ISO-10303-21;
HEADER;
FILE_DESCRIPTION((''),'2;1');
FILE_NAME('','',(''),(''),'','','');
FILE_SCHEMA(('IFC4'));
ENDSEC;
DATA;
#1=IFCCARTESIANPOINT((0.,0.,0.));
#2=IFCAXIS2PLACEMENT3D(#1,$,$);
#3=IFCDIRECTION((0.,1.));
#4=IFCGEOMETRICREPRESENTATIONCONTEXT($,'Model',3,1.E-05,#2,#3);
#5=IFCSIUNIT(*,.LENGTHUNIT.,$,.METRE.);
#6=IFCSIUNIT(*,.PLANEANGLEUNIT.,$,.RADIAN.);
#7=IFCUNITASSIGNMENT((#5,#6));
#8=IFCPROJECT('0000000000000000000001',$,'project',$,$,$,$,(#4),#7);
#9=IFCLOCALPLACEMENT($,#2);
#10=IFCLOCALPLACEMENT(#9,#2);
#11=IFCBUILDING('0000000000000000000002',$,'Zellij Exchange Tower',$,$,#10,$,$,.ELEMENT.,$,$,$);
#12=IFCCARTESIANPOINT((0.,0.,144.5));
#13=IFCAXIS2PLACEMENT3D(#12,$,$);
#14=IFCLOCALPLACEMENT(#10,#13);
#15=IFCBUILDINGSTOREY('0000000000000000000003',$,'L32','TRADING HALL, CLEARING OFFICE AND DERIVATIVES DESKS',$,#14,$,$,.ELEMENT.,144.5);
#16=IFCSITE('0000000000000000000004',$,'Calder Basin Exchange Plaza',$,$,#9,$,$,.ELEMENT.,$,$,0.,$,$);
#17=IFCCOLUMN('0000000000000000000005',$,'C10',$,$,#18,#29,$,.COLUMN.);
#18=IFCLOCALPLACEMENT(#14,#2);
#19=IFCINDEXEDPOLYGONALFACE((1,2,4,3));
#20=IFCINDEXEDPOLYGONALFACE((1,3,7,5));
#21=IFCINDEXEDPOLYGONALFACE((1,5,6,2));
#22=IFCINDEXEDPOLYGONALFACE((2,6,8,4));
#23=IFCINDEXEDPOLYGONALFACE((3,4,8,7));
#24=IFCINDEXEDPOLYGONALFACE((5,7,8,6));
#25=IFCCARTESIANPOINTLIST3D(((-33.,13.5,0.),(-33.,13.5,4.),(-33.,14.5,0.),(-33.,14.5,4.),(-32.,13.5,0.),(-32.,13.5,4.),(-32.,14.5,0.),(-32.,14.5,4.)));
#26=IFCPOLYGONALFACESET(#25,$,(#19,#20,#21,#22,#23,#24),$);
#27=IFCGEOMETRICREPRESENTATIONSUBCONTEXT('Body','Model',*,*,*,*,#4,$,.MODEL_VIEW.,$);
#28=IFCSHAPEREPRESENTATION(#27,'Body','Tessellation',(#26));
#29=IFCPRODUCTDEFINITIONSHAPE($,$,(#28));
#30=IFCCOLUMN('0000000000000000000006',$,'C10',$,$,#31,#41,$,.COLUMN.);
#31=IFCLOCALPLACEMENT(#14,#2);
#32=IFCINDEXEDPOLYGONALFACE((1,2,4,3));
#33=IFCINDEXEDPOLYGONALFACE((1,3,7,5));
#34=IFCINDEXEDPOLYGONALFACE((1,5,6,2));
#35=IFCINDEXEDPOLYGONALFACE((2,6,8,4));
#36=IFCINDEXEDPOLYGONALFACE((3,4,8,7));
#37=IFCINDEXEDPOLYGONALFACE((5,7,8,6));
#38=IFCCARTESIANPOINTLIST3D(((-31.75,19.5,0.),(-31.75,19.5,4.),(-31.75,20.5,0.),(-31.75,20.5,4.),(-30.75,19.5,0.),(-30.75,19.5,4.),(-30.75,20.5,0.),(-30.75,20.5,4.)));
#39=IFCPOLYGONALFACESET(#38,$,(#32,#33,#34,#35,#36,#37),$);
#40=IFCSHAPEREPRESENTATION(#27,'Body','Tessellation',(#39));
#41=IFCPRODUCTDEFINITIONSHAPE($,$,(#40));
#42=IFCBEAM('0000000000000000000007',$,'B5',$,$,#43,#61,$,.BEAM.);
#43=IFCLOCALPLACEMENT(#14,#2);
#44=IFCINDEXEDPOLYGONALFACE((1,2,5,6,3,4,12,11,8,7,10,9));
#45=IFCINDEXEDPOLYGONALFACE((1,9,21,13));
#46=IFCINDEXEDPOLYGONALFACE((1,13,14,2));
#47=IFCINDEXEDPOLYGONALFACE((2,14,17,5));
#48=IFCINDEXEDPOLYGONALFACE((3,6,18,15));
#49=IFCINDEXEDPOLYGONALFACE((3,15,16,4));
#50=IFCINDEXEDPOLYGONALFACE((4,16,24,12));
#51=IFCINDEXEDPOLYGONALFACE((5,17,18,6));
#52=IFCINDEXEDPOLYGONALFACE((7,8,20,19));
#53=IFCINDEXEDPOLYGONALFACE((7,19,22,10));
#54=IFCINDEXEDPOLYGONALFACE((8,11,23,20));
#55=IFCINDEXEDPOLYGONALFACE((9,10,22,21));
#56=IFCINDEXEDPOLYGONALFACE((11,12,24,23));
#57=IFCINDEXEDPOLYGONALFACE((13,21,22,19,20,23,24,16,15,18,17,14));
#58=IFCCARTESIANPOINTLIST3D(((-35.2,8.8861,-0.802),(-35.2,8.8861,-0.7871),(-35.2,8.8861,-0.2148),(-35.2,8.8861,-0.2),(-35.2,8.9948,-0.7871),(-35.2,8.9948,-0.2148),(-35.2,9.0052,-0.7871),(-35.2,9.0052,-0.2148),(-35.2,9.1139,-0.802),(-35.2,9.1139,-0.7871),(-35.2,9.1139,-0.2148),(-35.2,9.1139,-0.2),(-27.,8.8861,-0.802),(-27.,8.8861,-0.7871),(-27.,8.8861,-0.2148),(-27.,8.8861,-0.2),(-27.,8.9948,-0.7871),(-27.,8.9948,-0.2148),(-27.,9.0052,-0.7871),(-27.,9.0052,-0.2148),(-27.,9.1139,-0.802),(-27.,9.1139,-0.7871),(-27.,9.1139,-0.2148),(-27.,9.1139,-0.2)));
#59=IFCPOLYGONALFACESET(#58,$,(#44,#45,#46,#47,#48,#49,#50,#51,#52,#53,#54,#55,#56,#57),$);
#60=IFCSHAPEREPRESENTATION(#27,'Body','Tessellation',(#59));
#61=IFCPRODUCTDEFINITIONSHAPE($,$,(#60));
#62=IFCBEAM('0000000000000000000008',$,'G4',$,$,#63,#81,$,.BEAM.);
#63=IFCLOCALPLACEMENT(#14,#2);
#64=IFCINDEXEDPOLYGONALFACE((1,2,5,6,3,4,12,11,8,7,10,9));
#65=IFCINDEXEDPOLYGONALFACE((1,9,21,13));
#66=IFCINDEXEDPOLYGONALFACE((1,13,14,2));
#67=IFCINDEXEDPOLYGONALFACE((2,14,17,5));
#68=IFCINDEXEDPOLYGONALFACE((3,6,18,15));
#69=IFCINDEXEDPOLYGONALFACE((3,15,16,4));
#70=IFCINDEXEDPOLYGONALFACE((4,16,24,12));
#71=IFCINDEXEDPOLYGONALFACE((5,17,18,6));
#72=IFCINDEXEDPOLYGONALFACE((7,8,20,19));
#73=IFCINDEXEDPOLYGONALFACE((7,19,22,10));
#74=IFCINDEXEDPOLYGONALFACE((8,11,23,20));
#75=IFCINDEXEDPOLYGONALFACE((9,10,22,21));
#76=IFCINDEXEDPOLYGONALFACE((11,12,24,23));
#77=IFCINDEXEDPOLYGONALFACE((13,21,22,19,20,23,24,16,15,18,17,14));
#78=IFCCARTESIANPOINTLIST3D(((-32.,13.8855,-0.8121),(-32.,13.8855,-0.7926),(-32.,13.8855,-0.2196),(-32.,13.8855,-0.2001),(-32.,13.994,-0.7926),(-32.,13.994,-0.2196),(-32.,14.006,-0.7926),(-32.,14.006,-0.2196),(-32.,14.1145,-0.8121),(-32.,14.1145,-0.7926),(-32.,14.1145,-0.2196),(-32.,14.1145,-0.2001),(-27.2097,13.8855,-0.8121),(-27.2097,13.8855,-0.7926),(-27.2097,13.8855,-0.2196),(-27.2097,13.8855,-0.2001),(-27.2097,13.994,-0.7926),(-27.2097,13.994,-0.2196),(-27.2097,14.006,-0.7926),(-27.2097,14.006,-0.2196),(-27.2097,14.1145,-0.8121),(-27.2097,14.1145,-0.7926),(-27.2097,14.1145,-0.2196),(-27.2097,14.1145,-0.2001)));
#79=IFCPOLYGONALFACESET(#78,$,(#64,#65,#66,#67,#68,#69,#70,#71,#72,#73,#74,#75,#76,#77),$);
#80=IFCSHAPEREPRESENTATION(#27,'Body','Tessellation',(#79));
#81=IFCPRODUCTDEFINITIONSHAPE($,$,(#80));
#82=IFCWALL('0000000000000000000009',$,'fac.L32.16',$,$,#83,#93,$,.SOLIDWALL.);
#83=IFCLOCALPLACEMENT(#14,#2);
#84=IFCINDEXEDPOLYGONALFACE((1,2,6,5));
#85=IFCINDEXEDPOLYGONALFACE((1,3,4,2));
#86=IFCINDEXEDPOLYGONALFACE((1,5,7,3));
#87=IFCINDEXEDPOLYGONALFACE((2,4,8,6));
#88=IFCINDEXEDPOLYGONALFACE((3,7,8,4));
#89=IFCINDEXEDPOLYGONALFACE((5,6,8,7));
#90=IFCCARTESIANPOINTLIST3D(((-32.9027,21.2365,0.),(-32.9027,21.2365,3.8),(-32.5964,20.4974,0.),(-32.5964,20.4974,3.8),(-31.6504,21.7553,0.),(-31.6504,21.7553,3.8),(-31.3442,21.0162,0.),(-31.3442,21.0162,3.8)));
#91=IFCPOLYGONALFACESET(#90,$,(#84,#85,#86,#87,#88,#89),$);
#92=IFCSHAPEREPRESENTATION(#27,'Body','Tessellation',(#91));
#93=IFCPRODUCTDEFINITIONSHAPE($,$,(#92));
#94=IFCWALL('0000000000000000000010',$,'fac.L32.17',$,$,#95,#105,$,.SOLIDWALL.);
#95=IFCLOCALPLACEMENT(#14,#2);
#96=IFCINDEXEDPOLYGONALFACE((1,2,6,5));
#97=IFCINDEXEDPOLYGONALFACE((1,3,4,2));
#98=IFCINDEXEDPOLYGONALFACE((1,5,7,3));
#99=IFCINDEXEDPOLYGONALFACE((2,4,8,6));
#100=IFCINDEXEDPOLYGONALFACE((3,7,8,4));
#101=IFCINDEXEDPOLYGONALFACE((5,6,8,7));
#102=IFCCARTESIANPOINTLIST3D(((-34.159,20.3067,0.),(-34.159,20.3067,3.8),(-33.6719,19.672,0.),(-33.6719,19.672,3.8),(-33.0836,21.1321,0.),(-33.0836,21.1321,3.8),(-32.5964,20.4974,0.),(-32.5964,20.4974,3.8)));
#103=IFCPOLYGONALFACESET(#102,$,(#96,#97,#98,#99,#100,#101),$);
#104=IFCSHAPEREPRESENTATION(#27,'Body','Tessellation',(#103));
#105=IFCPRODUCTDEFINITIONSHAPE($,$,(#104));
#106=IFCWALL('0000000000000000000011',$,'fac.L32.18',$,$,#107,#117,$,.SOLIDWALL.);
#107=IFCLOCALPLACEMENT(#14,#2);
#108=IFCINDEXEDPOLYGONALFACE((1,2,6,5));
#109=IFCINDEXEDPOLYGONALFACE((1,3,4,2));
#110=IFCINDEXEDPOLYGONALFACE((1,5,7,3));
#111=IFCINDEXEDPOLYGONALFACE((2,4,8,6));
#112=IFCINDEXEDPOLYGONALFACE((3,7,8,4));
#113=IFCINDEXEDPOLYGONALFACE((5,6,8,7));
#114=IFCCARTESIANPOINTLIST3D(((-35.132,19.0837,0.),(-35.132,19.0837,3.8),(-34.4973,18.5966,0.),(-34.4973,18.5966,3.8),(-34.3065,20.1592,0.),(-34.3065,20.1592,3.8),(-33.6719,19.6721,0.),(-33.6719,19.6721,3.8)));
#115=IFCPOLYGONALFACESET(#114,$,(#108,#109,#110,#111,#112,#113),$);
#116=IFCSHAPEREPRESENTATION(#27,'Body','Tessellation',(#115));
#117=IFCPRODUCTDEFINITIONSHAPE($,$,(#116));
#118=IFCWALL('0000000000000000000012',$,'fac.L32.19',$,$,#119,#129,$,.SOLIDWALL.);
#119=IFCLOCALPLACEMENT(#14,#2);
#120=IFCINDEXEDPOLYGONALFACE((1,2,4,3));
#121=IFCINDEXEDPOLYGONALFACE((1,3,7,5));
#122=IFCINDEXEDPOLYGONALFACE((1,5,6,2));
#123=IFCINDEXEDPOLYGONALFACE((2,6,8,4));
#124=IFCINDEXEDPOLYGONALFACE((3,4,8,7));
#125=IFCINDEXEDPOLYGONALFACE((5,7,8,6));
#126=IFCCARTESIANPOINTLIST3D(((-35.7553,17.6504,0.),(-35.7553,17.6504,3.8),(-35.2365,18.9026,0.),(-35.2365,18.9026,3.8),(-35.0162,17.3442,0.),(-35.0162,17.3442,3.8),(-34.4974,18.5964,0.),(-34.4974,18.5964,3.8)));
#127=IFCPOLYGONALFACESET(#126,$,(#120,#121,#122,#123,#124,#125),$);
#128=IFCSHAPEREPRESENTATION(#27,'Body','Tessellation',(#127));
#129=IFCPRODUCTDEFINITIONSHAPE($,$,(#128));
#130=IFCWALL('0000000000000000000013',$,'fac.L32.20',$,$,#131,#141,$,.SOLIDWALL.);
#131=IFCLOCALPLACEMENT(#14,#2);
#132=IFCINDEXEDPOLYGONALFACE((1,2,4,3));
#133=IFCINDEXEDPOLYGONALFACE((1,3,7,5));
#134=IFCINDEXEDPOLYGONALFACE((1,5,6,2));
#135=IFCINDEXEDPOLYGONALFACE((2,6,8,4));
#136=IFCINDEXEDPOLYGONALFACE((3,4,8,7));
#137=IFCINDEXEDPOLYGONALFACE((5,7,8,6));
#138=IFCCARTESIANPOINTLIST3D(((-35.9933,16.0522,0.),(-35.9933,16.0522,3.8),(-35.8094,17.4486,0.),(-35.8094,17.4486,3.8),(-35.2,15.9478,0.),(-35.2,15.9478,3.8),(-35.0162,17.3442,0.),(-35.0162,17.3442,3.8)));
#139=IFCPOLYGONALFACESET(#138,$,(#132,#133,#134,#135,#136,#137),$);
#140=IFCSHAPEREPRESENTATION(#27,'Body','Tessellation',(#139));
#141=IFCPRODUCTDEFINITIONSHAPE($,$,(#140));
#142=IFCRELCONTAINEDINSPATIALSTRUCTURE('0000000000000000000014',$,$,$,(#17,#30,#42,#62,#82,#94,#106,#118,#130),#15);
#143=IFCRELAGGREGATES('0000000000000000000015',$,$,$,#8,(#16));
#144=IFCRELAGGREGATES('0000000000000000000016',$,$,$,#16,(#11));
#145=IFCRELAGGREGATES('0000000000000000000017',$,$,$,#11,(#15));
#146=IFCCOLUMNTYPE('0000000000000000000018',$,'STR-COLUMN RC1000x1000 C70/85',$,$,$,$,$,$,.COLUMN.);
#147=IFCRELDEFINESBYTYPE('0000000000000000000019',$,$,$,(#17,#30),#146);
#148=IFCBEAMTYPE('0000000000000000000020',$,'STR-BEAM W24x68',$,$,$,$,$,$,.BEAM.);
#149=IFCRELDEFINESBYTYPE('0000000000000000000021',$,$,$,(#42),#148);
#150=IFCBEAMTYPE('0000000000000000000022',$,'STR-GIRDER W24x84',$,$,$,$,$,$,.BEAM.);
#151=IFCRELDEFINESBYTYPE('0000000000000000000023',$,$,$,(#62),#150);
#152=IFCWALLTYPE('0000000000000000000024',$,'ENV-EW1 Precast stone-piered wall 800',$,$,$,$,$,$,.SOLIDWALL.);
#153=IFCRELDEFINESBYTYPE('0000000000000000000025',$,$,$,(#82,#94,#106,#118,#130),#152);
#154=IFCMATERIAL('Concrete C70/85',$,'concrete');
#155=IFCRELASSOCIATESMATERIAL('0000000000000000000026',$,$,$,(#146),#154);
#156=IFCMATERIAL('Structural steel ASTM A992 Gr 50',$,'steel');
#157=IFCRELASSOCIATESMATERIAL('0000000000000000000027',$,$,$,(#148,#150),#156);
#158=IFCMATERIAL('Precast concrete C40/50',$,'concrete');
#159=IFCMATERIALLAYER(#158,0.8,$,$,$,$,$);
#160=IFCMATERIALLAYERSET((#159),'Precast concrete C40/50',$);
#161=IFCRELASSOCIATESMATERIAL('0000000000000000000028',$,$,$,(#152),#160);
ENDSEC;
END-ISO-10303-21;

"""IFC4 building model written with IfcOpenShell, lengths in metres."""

from ifc_helpers import new_model, si_unit, direction, frame, frame_2d, origin, origin_2d, place, context, subcontext, project, spatial, rectangle, i_section, extrude, material, layer, layer_set, material_profile, profile_set, type_object, element, save


model = new_model("IFC4")

# Units and contexts
model_context = context("Model", 3, precision=1e-05, world=origin(), true_north=direction((0.0, 1.0)))
body_context = subcontext(model_context, "Body", "Model", "MODEL_VIEW")
ifc_project = project(units=[si_unit("LENGTHUNIT", "METRE"), si_unit("PLANEANGLEUNIT", "RADIAN")], contexts=[model_context])

# Site, building, storey
site_placement = place(None, origin())
site = spatial("IfcSite", under=ifc_project, at=site_placement, Name="Calder Basin Exchange Plaza", CompositionType="ELEMENT", RefElevation=0.0)
building_placement = place(site_placement, origin())
building = spatial("IfcBuilding", under=site, at=building_placement, Name="Zellij Exchange Tower", CompositionType="ELEMENT")
storey_placement = place(building_placement, frame((0.0, 0.0, 144.5)))
storey = spatial("IfcBuildingStorey", under=building, at=storey_placement, Name="L32", Description="TRADING HALL, CLEARING OFFICE AND DERIVATIVES DESKS", CompositionType="ELEMENT", Elevation=144.5)

# Columns
ifc_material_1 = material(Name="Concrete C70/85", Category="concrete")
ifc_material_profile_1 = material_profile(ifc_material_1, rectangle(XDim=1.0, YDim=1.0, at=origin_2d()), Name="STR-COLUMN RC1000x1000 C70/85")
ifc_profile_set_1 = profile_set([ifc_material_profile_1], Name="Concrete C70/85")
column_type = type_object("IfcColumnType", Name="STR-COLUMN RC1000x1000 C70/85", PredefinedType="COLUMN", material=ifc_profile_set_1)
for number, where, z_axis, x_axis, name in (
    (1, (-32.5, 14.0, 0.0), (0.0, 0.0, 1.0), (1.0, 0.0, 0.0), "C10"),
    (2, (-31.25, 20.0, 0.0), (0.0, 0.0, 1.0), (1.0, 0.0, 0.0), "C10"),
):
    element("IfcColumn", number, at=place(storey_placement, frame(where, z_axis=z_axis, x_axis=x_axis)), inside=storey, type_object=column_type, Name=name, PredefinedType="COLUMN", context=body_context, shape_type="SweptSolid", body=[
        extrude(rectangle(XDim=1.0, YDim=1.0, at=origin_2d()), origin(), (0.0, 0.0, 1.0), 4.0),
    ])

# Beams
ifc_material_2 = material(Name="Structural steel ASTM A992 Gr 50", Category="steel")
ifc_material_profile_2 = material_profile(ifc_material_2, i_section(OverallWidth=0.2278, OverallDepth=0.6021, WebThickness=0.0105, FlangeThickness=0.0149, at=origin_2d()), Name="W24x68")
ifc_profile_set_2 = profile_set([ifc_material_profile_2], Name="Structural steel ASTM A992 Gr 50")
beam_type_1 = type_object("IfcBeamType", Name="STR-BEAM W24x68", PredefinedType="BEAM", material=ifc_profile_set_2)
beam_1_placement = place(storey_placement, frame((-35.2, 9.0, -0.501), z_axis=(1.0, 0.0, 0.0), x_axis=(0.0, 1.0, 0.0)))
element("IfcBeam", 3, at=beam_1_placement, inside=storey, type_object=beam_type_1, Name="B5", PredefinedType="BEAM", context=body_context, shape_type="SweptSolid", body=[
    extrude(i_section(OverallWidth=0.2278, OverallDepth=0.6021, WebThickness=0.0105, FlangeThickness=0.0149, at=origin_2d()), origin(), (0.0, 0.0, 1.0), 8.2),
])
ifc_material_profile_3 = material_profile(ifc_material_2, i_section(OverallWidth=0.229, OverallDepth=0.6121, WebThickness=0.012, FlangeThickness=0.0195, at=origin_2d()), Name="W24x84")
ifc_profile_set_3 = profile_set([ifc_material_profile_3], Name="Structural steel ASTM A992 Gr 50")
beam_type_2 = type_object("IfcBeamType", Name="STR-GIRDER W24x84", PredefinedType="BEAM", material=ifc_profile_set_3)
beam_2_placement = place(storey_placement, frame((-32.0, 14.0, -0.5061), z_axis=(1.0, 0.0, 0.0), x_axis=(0.0, 1.0, 0.0)))
element("IfcBeam", 4, at=beam_2_placement, inside=storey, type_object=beam_type_2, Name="G4", PredefinedType="BEAM", context=body_context, shape_type="SweptSolid", body=[
    extrude(i_section(OverallWidth=0.229, OverallDepth=0.6121, WebThickness=0.012, FlangeThickness=0.0195, at=origin_2d()), origin(), (0.0, 0.0, 1.0), 4.7903),
])

# Walls
ifc_material_3 = material(Name="Precast concrete C40/50", Category="concrete")
ifc_layer_1 = layer(ifc_material_3, 0.8)
ifc_layer_set_1 = layer_set([ifc_layer_1], Name="Precast concrete C40/50")
wall_type = type_object("IfcWallType", Name="ENV-EW1 Precast stone-piered wall 800", PredefinedType="SOLIDWALL", material=ifc_layer_set_1)
wall_1_placement = place(storey_placement, frame((-31.4973, 21.3857, 0.0), z_axis=(0.0, 0.0, 1.0), x_axis=(-0.923848, -0.38276, 0.0)))
element("IfcWall", 5, at=wall_1_placement, inside=storey, type_object=wall_type, Name="fac.L32.16", PredefinedType="SOLIDWALL", context=body_context, shape_type="SweptSolid", body=[
    extrude(rectangle(XDim=1.3555, YDim=0.8, at=frame_2d((0.6777, 0.0))), origin(), (0.0, 0.0, 1.0), 3.8),
])
for number, where, z_axis, x_axis, name in (
    (6, (-32.8401, 20.8147, 0.0), (0.0, 0.0, 1.0), (-0.793273, -0.608866, 0.0), "fac.L32.17"),
    (7, (-33.9893, 19.9155, 0.0), (0.0, 0.0, 1.0), (-0.608866, -0.793273, 0.0), "fac.L32.18"),
):
    element("IfcWall", number, at=place(storey_placement, frame(where, z_axis=z_axis, x_axis=x_axis)), inside=storey, type_object=wall_type, Name=name, PredefinedType="SOLIDWALL", context=body_context, shape_type="SweptSolid", body=[
        extrude(rectangle(XDim=1.3557, YDim=0.8, at=frame_2d((0.6777, 0.0))), origin(), (0.0, 0.0, 1.0), 3.8),
    ])
wall_2_placement = place(storey_placement, frame((-34.8669, 18.7495, 0.0), z_axis=(0.0, 0.0, 1.0), x_axis=(-0.38276, -0.923848, 0.0)))
element("IfcWall", 8, at=wall_2_placement, inside=storey, type_object=wall_type, Name="fac.L32.19", PredefinedType="SOLIDWALL", context=body_context, shape_type="SweptSolid", body=[
    extrude(rectangle(XDim=1.3555, YDim=0.8, at=frame_2d((0.6777, 0.0))), origin(), (0.0, 0.0, 1.0), 3.8),
])
wall_3_placement = place(storey_placement, frame((-35.4128, 17.3962, 0.0), z_axis=(0.0, 0.0, 1.0), x_axis=(-0.130517, -0.991446, 0.0)))
element("IfcWall", 9, at=wall_3_placement, inside=storey, type_object=wall_type, Name="fac.L32.20", PredefinedType="SOLIDWALL", context=body_context, shape_type="SweptSolid", body=[
    extrude(rectangle(XDim=1.4084, YDim=0.8, at=frame_2d((0.7041, 0.0))), origin(), (0.0, 0.0, 1.0), 3.8),
])

save(model, "model.ifc")
